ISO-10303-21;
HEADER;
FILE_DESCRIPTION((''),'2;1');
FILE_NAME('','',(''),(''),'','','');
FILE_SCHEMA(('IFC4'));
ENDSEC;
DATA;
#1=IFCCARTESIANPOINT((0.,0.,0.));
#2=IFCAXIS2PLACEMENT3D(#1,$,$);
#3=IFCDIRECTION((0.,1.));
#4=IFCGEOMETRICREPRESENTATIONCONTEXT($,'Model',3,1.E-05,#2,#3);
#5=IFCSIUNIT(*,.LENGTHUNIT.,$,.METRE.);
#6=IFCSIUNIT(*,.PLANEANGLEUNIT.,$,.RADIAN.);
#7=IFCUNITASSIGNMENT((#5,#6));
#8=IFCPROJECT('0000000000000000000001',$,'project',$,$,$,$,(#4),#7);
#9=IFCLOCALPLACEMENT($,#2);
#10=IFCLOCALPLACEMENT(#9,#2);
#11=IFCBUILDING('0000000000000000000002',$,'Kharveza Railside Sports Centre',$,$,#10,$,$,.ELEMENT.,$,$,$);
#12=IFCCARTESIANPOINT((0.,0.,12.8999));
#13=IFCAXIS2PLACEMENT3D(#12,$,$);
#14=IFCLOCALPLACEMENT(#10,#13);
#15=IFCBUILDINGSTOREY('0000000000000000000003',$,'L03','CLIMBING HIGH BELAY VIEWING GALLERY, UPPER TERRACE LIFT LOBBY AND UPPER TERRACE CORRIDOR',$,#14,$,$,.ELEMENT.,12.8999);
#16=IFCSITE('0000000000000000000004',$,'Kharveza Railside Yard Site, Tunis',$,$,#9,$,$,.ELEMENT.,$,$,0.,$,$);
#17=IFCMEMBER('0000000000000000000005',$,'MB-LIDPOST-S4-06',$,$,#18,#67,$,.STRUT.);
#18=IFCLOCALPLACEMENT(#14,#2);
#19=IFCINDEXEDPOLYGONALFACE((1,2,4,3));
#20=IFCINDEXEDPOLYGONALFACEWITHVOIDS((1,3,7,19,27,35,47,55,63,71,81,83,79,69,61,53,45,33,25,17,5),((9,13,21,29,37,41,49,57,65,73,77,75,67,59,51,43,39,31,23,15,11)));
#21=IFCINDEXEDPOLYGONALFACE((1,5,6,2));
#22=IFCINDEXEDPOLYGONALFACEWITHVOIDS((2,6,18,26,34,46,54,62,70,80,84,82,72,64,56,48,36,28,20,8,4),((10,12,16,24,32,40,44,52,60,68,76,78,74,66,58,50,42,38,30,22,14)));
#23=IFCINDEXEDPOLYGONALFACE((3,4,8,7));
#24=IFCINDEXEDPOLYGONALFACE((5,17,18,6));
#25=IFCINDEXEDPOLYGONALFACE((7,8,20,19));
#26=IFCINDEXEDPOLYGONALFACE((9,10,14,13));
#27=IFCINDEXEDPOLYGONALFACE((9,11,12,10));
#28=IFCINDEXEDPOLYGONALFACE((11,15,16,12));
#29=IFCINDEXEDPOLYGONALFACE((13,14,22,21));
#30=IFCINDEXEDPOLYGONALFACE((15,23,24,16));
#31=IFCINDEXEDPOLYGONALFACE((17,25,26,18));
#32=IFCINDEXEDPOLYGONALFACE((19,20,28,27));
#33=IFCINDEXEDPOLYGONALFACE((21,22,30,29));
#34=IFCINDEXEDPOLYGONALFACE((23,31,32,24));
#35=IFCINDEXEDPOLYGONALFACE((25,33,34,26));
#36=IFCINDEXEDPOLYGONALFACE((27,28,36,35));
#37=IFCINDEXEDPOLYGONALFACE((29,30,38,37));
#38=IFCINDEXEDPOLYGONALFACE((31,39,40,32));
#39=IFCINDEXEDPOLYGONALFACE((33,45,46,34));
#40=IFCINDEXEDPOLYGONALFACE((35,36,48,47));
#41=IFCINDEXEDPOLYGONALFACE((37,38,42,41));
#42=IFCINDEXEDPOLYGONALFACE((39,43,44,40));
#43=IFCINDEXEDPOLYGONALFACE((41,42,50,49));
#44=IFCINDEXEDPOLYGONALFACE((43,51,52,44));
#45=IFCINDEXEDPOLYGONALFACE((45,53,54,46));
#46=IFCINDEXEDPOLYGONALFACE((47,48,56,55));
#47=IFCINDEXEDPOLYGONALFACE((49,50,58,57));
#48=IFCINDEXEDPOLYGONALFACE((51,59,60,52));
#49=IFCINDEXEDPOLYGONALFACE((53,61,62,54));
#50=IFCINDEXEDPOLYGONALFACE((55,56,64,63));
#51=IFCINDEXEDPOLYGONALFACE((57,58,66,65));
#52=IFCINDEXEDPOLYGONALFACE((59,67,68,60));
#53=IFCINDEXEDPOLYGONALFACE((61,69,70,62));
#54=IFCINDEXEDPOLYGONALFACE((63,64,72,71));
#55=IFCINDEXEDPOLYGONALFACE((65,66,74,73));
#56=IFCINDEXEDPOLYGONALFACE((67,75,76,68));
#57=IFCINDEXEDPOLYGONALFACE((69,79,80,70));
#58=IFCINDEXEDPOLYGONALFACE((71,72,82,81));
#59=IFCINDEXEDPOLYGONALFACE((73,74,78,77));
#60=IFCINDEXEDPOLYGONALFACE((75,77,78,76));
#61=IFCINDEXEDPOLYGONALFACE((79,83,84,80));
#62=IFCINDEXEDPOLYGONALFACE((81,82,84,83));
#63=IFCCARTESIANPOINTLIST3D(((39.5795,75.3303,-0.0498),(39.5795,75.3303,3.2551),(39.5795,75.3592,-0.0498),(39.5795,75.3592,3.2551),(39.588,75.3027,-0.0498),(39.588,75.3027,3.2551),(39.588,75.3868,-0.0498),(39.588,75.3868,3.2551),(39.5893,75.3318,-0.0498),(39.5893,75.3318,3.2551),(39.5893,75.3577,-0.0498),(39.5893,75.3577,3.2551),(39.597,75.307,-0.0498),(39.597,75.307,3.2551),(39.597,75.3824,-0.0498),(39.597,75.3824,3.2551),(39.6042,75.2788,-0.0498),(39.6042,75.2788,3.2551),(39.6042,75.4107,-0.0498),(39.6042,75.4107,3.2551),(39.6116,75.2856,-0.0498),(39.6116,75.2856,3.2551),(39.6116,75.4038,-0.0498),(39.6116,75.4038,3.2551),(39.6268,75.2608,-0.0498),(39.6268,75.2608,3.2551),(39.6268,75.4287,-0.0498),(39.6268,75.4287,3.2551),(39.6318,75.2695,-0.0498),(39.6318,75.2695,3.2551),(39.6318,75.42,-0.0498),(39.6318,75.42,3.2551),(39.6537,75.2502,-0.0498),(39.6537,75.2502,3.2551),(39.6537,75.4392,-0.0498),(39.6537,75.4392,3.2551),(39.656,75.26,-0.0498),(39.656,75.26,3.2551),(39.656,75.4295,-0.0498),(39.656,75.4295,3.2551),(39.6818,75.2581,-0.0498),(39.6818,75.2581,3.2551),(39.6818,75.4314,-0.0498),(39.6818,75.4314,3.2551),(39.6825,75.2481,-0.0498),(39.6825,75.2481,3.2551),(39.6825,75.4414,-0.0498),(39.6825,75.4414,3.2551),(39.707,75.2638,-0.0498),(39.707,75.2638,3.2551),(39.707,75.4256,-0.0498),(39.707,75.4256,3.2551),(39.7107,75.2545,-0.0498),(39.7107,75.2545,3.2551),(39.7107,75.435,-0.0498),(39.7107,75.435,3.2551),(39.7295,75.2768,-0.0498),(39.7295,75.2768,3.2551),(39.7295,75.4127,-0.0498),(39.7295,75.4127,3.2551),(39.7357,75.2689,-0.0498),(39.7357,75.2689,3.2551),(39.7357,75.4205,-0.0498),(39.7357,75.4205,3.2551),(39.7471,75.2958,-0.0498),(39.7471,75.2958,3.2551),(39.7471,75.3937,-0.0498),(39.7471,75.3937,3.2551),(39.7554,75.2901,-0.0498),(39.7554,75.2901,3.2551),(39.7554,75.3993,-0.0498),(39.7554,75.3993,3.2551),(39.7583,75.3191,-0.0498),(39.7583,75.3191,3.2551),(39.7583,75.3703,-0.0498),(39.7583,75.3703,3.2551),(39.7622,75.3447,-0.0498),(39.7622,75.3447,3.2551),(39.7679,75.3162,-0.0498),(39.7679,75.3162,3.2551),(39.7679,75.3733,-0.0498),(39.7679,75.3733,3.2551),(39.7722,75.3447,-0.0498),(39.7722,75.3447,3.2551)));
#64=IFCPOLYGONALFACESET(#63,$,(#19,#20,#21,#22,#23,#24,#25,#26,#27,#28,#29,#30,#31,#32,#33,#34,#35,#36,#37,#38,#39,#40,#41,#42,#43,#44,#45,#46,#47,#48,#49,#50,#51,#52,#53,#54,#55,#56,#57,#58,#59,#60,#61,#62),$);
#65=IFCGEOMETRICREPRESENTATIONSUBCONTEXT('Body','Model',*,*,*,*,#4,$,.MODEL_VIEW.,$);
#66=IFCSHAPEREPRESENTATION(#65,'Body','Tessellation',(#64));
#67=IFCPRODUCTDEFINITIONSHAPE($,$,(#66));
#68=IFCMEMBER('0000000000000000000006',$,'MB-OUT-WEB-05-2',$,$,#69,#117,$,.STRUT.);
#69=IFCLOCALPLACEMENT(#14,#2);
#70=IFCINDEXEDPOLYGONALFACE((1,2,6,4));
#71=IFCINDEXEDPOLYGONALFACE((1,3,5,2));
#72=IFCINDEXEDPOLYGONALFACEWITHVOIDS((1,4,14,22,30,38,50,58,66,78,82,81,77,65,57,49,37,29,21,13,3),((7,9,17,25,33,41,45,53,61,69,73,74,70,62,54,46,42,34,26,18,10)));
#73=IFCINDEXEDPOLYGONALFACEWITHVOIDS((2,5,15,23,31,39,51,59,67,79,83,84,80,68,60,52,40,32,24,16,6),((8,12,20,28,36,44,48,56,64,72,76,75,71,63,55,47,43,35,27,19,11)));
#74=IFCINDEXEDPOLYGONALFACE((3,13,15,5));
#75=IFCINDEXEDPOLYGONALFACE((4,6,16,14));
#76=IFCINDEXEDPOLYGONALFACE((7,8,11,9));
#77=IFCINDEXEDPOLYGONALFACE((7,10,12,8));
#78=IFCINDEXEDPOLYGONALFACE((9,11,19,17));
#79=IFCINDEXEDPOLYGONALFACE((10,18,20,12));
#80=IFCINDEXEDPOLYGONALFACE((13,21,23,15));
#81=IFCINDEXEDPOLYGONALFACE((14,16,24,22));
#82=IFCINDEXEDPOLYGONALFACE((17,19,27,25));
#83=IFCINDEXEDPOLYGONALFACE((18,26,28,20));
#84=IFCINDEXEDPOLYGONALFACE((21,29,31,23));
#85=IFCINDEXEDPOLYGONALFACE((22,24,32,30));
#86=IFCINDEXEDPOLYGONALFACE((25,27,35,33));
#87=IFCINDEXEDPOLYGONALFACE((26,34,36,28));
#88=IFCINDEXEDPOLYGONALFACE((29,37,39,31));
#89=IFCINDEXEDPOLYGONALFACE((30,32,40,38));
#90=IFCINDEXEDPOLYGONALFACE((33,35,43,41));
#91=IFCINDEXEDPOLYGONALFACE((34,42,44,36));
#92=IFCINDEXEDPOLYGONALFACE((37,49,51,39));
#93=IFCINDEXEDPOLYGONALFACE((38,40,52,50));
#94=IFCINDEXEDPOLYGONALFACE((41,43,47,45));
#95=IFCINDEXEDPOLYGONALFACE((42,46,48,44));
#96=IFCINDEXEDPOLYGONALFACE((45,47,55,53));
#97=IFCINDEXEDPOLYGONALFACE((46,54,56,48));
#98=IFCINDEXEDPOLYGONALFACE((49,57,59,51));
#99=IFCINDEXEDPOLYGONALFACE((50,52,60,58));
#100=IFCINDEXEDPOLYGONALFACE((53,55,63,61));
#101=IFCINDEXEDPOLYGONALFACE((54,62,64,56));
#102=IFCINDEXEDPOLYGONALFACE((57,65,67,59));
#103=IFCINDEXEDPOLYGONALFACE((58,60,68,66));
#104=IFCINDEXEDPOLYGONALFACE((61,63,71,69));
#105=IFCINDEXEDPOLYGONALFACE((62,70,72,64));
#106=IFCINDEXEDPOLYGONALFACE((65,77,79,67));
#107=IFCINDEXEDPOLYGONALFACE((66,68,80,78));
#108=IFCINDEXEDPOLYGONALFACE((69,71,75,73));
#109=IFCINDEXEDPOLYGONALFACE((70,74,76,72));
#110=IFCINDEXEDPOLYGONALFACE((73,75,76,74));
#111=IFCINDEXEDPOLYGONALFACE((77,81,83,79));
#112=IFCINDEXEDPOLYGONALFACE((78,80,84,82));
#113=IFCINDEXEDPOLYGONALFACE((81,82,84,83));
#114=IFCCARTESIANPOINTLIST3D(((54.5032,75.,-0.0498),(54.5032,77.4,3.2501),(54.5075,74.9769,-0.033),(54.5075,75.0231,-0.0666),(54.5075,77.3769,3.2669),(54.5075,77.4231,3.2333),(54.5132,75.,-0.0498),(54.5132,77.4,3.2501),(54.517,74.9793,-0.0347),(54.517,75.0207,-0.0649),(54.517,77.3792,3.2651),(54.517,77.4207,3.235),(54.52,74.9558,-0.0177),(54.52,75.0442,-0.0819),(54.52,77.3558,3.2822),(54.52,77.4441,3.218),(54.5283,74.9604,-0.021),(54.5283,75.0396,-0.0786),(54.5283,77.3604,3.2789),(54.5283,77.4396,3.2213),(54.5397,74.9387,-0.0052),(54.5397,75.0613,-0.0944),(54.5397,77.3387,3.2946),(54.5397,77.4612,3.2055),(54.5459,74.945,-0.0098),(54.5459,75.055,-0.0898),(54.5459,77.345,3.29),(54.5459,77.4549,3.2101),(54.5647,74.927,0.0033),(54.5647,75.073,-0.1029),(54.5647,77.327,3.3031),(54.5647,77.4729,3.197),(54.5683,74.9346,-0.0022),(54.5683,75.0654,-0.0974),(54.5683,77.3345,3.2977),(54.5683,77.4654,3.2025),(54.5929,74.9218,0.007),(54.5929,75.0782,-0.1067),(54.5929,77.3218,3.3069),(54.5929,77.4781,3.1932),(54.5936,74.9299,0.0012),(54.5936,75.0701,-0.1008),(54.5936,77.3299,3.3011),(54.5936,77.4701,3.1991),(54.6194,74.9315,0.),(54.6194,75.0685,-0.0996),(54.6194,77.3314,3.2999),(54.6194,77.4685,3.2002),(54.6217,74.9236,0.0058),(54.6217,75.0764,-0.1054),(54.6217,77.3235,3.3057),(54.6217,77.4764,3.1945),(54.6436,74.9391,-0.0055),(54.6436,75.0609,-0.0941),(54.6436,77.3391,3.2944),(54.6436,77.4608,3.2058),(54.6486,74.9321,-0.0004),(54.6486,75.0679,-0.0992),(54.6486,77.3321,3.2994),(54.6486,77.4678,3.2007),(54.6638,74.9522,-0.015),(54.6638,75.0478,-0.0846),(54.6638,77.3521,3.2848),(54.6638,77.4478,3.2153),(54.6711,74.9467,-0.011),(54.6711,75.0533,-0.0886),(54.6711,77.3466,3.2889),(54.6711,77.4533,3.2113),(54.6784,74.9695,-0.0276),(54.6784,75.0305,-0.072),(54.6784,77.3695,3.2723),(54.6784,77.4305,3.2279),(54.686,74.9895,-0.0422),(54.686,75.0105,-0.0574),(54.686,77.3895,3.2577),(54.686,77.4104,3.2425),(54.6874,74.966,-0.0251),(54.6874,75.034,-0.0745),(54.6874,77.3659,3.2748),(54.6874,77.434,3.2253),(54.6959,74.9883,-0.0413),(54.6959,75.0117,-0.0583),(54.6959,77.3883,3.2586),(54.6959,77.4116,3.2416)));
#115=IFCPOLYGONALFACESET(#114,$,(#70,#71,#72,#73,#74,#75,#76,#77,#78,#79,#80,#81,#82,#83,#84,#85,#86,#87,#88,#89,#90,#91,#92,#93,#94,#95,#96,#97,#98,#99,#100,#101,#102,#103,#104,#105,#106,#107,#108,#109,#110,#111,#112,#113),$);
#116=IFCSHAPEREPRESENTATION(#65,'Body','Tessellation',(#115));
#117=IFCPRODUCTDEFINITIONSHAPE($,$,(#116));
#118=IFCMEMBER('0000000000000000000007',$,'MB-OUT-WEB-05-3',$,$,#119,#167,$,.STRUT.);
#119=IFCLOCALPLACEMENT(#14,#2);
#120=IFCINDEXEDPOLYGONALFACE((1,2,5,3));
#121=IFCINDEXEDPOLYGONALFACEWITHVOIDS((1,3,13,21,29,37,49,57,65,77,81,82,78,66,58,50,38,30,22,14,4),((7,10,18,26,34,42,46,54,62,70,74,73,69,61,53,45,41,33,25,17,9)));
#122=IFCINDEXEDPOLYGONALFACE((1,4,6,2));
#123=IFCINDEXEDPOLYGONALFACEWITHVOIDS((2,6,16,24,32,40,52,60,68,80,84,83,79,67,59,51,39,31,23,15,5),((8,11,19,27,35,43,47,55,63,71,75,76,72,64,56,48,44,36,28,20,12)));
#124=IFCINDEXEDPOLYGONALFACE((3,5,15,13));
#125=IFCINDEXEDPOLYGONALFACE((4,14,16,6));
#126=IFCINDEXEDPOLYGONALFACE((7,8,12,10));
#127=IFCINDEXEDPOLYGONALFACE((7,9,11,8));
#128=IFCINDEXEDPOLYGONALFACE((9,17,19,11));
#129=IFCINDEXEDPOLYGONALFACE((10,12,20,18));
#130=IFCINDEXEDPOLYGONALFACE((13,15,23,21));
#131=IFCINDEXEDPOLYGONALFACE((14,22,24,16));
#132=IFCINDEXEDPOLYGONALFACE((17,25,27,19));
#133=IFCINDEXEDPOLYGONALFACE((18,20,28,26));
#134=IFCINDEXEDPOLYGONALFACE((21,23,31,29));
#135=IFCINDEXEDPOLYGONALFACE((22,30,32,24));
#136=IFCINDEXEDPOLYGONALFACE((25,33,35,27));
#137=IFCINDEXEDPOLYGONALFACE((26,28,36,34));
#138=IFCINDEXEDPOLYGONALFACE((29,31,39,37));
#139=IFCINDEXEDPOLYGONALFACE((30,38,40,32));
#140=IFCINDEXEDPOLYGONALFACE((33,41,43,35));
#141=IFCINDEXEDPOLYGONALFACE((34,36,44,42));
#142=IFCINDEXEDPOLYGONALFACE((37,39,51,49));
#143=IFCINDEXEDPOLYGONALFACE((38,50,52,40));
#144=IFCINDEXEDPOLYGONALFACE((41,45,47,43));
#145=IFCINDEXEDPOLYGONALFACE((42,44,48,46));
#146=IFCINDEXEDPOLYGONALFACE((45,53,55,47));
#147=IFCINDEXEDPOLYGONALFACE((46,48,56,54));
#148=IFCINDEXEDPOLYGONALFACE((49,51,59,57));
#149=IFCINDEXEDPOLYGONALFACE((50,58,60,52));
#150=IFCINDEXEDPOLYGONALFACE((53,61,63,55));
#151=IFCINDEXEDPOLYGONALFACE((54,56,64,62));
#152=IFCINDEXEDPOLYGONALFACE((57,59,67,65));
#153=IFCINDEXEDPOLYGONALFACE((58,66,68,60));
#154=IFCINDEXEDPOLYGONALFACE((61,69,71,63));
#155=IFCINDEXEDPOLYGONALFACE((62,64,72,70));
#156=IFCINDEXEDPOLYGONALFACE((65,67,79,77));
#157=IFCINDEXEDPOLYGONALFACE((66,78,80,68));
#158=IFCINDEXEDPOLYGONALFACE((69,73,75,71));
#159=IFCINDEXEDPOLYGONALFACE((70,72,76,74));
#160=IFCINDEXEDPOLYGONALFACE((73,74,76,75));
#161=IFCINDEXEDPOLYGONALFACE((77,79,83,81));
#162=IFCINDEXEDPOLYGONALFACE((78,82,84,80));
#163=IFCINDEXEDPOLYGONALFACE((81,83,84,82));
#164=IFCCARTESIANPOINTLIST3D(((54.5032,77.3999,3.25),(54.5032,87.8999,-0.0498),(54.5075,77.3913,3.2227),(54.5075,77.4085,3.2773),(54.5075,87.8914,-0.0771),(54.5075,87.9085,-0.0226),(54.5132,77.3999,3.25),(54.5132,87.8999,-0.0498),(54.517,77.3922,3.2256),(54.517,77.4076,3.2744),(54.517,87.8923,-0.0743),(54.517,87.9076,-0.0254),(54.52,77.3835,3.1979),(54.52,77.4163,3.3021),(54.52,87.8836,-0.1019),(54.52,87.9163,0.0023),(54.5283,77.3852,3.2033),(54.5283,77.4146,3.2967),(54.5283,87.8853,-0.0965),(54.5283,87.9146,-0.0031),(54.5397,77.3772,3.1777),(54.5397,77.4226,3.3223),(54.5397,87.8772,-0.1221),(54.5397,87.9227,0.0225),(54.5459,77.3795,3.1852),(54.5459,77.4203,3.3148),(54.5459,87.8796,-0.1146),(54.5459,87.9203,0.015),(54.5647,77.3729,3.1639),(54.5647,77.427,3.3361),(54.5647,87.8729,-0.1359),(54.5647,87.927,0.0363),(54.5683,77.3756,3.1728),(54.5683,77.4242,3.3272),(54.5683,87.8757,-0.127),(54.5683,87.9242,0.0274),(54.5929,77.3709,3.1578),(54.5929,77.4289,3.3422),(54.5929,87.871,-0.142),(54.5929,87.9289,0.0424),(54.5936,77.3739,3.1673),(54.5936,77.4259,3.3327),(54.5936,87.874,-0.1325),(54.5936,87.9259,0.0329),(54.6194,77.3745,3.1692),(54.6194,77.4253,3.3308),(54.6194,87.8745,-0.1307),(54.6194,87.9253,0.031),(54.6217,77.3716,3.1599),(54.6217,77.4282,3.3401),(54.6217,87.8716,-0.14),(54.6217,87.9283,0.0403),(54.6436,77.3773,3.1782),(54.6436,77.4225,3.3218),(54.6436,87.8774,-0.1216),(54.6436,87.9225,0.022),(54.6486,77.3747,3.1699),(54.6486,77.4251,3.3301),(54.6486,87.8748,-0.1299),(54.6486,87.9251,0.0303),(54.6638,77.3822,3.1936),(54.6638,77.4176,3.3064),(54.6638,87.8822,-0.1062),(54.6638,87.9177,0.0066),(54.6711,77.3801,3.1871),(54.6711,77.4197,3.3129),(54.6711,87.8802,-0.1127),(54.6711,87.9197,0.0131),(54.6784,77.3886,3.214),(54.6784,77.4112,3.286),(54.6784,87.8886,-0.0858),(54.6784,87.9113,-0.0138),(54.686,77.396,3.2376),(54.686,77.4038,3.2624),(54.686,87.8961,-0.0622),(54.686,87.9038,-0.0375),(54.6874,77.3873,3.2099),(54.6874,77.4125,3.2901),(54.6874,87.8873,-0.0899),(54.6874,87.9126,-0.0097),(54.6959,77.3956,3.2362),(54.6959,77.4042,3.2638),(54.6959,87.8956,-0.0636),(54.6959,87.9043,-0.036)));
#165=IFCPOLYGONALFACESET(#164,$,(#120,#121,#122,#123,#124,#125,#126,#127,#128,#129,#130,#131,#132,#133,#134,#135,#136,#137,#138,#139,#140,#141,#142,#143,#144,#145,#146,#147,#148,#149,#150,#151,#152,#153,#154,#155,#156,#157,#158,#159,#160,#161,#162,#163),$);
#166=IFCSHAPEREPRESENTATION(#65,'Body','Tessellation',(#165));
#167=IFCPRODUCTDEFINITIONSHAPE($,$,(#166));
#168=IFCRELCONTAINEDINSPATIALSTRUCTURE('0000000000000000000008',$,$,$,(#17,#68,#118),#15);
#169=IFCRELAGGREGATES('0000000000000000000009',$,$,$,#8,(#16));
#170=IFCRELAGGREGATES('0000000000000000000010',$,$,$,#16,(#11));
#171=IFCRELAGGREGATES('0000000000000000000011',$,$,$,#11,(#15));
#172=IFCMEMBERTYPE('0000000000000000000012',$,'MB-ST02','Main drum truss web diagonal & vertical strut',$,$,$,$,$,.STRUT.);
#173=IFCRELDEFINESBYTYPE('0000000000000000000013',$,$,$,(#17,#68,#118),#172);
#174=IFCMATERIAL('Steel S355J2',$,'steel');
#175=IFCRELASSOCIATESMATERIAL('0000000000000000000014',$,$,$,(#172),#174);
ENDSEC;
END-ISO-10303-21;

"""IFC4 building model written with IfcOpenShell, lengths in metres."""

from ifc_helpers import new_model, si_unit, direction, frame, origin, origin_2d, place, context, subcontext, project, spatial, hollow_circle, extrude, material, material_profile, profile_set, type_object, element, save


model = new_model("IFC4")

# Units and contexts
model_context = context("Model", 3, precision=1e-05, world=origin(), true_north=direction((0.0, 1.0)))
body_context = subcontext(model_context, "Body", "Model", "MODEL_VIEW")
ifc_project = project(units=[si_unit("LENGTHUNIT", "METRE"), si_unit("PLANEANGLEUNIT", "RADIAN")], contexts=[model_context])

# Site, building, storey
site_placement = place(None, origin())
site = spatial("IfcSite", under=ifc_project, at=site_placement, Name="Kharveza Railside Yard Site, Tunis", CompositionType="ELEMENT", RefElevation=0.0)
building_placement = place(site_placement, origin())
building = spatial("IfcBuilding", under=site, at=building_placement, Name="Kharveza Railside Sports Centre", CompositionType="ELEMENT")
storey_placement = place(building_placement, frame((0.0, 0.0, 12.8999)))
storey = spatial("IfcBuildingStorey", under=building, at=storey_placement, Name="L03", Description="CLIMBING HIGH BELAY VIEWING GALLERY, UPPER TERRACE LIFT LOBBY AND UPPER TERRACE CORRIDOR", CompositionType="ELEMENT", Elevation=12.8999)

# Shared definitions
ifc_material_1 = material(Name="Steel S355J2", Category="steel")

# Members
ifc_material_profile_1 = material_profile(ifc_material_1, hollow_circle(Radius=0.0969, WallThickness=0.01, at=origin_2d()), Name="CHS 193.7x10.0")
ifc_profile_set_1 = profile_set([ifc_material_profile_1], Name="Steel S355J2")
member_type_1 = type_object("IfcMemberType", Name="MB-ST02", Description="Main drum truss web diagonal & vertical strut", PredefinedType="STRUT", material=ifc_profile_set_1)
for number, where, z_axis, x_axis, name in (
    (1, (39.6753, 75.3447, -0.0498), (0.0, 0.0, 1.0), (1.0, 0.0, 0.0), "MB-LIDPOST-S4-06"),
):
    element("IfcMember", number, at=place(storey_placement, frame(where, z_axis=z_axis, x_axis=x_axis)), inside=storey, type_object=member_type_1, Name=name, PredefinedType="STRUT", context=body_context, shape_type="SweptSolid", body=[
        extrude(hollow_circle(Radius=0.0969, WallThickness=0.01, at=origin_2d()), origin(), (0.0, 0.0, 1.0), 3.3049),
    ])
member_1_placement = place(storey_placement, frame((54.6001, 75.0, -0.0498), z_axis=(0.0, 0.588179, 0.808731), x_axis=(-1.0, 0.0, 0.0)))
element("IfcMember", 2, at=member_1_placement, inside=storey, type_object=member_type_1, Name="MB-OUT-WEB-05-2", PredefinedType="STRUT", context=body_context, shape_type="SweptSolid", body=[
    extrude(hollow_circle(Radius=0.0969, WallThickness=0.01, at=origin_2d()), origin(), (0.0, 0.0, 1.0), 4.0803),
])
member_2_placement = place(storey_placement, frame((54.6001, 77.3999, 3.25), z_axis=(0.0, 0.953999, -0.29981), x_axis=(-1.0, 0.0, 0.0)))
element("IfcMember", 3, at=member_2_placement, inside=storey, type_object=member_type_1, Name="MB-OUT-WEB-05-3", PredefinedType="STRUT", context=body_context, shape_type="SweptSolid", body=[
    extrude(hollow_circle(Radius=0.0969, WallThickness=0.01, at=origin_2d()), origin(), (0.0, 0.0, 1.0), 11.0063),
])

save(model, "model.ifc")
